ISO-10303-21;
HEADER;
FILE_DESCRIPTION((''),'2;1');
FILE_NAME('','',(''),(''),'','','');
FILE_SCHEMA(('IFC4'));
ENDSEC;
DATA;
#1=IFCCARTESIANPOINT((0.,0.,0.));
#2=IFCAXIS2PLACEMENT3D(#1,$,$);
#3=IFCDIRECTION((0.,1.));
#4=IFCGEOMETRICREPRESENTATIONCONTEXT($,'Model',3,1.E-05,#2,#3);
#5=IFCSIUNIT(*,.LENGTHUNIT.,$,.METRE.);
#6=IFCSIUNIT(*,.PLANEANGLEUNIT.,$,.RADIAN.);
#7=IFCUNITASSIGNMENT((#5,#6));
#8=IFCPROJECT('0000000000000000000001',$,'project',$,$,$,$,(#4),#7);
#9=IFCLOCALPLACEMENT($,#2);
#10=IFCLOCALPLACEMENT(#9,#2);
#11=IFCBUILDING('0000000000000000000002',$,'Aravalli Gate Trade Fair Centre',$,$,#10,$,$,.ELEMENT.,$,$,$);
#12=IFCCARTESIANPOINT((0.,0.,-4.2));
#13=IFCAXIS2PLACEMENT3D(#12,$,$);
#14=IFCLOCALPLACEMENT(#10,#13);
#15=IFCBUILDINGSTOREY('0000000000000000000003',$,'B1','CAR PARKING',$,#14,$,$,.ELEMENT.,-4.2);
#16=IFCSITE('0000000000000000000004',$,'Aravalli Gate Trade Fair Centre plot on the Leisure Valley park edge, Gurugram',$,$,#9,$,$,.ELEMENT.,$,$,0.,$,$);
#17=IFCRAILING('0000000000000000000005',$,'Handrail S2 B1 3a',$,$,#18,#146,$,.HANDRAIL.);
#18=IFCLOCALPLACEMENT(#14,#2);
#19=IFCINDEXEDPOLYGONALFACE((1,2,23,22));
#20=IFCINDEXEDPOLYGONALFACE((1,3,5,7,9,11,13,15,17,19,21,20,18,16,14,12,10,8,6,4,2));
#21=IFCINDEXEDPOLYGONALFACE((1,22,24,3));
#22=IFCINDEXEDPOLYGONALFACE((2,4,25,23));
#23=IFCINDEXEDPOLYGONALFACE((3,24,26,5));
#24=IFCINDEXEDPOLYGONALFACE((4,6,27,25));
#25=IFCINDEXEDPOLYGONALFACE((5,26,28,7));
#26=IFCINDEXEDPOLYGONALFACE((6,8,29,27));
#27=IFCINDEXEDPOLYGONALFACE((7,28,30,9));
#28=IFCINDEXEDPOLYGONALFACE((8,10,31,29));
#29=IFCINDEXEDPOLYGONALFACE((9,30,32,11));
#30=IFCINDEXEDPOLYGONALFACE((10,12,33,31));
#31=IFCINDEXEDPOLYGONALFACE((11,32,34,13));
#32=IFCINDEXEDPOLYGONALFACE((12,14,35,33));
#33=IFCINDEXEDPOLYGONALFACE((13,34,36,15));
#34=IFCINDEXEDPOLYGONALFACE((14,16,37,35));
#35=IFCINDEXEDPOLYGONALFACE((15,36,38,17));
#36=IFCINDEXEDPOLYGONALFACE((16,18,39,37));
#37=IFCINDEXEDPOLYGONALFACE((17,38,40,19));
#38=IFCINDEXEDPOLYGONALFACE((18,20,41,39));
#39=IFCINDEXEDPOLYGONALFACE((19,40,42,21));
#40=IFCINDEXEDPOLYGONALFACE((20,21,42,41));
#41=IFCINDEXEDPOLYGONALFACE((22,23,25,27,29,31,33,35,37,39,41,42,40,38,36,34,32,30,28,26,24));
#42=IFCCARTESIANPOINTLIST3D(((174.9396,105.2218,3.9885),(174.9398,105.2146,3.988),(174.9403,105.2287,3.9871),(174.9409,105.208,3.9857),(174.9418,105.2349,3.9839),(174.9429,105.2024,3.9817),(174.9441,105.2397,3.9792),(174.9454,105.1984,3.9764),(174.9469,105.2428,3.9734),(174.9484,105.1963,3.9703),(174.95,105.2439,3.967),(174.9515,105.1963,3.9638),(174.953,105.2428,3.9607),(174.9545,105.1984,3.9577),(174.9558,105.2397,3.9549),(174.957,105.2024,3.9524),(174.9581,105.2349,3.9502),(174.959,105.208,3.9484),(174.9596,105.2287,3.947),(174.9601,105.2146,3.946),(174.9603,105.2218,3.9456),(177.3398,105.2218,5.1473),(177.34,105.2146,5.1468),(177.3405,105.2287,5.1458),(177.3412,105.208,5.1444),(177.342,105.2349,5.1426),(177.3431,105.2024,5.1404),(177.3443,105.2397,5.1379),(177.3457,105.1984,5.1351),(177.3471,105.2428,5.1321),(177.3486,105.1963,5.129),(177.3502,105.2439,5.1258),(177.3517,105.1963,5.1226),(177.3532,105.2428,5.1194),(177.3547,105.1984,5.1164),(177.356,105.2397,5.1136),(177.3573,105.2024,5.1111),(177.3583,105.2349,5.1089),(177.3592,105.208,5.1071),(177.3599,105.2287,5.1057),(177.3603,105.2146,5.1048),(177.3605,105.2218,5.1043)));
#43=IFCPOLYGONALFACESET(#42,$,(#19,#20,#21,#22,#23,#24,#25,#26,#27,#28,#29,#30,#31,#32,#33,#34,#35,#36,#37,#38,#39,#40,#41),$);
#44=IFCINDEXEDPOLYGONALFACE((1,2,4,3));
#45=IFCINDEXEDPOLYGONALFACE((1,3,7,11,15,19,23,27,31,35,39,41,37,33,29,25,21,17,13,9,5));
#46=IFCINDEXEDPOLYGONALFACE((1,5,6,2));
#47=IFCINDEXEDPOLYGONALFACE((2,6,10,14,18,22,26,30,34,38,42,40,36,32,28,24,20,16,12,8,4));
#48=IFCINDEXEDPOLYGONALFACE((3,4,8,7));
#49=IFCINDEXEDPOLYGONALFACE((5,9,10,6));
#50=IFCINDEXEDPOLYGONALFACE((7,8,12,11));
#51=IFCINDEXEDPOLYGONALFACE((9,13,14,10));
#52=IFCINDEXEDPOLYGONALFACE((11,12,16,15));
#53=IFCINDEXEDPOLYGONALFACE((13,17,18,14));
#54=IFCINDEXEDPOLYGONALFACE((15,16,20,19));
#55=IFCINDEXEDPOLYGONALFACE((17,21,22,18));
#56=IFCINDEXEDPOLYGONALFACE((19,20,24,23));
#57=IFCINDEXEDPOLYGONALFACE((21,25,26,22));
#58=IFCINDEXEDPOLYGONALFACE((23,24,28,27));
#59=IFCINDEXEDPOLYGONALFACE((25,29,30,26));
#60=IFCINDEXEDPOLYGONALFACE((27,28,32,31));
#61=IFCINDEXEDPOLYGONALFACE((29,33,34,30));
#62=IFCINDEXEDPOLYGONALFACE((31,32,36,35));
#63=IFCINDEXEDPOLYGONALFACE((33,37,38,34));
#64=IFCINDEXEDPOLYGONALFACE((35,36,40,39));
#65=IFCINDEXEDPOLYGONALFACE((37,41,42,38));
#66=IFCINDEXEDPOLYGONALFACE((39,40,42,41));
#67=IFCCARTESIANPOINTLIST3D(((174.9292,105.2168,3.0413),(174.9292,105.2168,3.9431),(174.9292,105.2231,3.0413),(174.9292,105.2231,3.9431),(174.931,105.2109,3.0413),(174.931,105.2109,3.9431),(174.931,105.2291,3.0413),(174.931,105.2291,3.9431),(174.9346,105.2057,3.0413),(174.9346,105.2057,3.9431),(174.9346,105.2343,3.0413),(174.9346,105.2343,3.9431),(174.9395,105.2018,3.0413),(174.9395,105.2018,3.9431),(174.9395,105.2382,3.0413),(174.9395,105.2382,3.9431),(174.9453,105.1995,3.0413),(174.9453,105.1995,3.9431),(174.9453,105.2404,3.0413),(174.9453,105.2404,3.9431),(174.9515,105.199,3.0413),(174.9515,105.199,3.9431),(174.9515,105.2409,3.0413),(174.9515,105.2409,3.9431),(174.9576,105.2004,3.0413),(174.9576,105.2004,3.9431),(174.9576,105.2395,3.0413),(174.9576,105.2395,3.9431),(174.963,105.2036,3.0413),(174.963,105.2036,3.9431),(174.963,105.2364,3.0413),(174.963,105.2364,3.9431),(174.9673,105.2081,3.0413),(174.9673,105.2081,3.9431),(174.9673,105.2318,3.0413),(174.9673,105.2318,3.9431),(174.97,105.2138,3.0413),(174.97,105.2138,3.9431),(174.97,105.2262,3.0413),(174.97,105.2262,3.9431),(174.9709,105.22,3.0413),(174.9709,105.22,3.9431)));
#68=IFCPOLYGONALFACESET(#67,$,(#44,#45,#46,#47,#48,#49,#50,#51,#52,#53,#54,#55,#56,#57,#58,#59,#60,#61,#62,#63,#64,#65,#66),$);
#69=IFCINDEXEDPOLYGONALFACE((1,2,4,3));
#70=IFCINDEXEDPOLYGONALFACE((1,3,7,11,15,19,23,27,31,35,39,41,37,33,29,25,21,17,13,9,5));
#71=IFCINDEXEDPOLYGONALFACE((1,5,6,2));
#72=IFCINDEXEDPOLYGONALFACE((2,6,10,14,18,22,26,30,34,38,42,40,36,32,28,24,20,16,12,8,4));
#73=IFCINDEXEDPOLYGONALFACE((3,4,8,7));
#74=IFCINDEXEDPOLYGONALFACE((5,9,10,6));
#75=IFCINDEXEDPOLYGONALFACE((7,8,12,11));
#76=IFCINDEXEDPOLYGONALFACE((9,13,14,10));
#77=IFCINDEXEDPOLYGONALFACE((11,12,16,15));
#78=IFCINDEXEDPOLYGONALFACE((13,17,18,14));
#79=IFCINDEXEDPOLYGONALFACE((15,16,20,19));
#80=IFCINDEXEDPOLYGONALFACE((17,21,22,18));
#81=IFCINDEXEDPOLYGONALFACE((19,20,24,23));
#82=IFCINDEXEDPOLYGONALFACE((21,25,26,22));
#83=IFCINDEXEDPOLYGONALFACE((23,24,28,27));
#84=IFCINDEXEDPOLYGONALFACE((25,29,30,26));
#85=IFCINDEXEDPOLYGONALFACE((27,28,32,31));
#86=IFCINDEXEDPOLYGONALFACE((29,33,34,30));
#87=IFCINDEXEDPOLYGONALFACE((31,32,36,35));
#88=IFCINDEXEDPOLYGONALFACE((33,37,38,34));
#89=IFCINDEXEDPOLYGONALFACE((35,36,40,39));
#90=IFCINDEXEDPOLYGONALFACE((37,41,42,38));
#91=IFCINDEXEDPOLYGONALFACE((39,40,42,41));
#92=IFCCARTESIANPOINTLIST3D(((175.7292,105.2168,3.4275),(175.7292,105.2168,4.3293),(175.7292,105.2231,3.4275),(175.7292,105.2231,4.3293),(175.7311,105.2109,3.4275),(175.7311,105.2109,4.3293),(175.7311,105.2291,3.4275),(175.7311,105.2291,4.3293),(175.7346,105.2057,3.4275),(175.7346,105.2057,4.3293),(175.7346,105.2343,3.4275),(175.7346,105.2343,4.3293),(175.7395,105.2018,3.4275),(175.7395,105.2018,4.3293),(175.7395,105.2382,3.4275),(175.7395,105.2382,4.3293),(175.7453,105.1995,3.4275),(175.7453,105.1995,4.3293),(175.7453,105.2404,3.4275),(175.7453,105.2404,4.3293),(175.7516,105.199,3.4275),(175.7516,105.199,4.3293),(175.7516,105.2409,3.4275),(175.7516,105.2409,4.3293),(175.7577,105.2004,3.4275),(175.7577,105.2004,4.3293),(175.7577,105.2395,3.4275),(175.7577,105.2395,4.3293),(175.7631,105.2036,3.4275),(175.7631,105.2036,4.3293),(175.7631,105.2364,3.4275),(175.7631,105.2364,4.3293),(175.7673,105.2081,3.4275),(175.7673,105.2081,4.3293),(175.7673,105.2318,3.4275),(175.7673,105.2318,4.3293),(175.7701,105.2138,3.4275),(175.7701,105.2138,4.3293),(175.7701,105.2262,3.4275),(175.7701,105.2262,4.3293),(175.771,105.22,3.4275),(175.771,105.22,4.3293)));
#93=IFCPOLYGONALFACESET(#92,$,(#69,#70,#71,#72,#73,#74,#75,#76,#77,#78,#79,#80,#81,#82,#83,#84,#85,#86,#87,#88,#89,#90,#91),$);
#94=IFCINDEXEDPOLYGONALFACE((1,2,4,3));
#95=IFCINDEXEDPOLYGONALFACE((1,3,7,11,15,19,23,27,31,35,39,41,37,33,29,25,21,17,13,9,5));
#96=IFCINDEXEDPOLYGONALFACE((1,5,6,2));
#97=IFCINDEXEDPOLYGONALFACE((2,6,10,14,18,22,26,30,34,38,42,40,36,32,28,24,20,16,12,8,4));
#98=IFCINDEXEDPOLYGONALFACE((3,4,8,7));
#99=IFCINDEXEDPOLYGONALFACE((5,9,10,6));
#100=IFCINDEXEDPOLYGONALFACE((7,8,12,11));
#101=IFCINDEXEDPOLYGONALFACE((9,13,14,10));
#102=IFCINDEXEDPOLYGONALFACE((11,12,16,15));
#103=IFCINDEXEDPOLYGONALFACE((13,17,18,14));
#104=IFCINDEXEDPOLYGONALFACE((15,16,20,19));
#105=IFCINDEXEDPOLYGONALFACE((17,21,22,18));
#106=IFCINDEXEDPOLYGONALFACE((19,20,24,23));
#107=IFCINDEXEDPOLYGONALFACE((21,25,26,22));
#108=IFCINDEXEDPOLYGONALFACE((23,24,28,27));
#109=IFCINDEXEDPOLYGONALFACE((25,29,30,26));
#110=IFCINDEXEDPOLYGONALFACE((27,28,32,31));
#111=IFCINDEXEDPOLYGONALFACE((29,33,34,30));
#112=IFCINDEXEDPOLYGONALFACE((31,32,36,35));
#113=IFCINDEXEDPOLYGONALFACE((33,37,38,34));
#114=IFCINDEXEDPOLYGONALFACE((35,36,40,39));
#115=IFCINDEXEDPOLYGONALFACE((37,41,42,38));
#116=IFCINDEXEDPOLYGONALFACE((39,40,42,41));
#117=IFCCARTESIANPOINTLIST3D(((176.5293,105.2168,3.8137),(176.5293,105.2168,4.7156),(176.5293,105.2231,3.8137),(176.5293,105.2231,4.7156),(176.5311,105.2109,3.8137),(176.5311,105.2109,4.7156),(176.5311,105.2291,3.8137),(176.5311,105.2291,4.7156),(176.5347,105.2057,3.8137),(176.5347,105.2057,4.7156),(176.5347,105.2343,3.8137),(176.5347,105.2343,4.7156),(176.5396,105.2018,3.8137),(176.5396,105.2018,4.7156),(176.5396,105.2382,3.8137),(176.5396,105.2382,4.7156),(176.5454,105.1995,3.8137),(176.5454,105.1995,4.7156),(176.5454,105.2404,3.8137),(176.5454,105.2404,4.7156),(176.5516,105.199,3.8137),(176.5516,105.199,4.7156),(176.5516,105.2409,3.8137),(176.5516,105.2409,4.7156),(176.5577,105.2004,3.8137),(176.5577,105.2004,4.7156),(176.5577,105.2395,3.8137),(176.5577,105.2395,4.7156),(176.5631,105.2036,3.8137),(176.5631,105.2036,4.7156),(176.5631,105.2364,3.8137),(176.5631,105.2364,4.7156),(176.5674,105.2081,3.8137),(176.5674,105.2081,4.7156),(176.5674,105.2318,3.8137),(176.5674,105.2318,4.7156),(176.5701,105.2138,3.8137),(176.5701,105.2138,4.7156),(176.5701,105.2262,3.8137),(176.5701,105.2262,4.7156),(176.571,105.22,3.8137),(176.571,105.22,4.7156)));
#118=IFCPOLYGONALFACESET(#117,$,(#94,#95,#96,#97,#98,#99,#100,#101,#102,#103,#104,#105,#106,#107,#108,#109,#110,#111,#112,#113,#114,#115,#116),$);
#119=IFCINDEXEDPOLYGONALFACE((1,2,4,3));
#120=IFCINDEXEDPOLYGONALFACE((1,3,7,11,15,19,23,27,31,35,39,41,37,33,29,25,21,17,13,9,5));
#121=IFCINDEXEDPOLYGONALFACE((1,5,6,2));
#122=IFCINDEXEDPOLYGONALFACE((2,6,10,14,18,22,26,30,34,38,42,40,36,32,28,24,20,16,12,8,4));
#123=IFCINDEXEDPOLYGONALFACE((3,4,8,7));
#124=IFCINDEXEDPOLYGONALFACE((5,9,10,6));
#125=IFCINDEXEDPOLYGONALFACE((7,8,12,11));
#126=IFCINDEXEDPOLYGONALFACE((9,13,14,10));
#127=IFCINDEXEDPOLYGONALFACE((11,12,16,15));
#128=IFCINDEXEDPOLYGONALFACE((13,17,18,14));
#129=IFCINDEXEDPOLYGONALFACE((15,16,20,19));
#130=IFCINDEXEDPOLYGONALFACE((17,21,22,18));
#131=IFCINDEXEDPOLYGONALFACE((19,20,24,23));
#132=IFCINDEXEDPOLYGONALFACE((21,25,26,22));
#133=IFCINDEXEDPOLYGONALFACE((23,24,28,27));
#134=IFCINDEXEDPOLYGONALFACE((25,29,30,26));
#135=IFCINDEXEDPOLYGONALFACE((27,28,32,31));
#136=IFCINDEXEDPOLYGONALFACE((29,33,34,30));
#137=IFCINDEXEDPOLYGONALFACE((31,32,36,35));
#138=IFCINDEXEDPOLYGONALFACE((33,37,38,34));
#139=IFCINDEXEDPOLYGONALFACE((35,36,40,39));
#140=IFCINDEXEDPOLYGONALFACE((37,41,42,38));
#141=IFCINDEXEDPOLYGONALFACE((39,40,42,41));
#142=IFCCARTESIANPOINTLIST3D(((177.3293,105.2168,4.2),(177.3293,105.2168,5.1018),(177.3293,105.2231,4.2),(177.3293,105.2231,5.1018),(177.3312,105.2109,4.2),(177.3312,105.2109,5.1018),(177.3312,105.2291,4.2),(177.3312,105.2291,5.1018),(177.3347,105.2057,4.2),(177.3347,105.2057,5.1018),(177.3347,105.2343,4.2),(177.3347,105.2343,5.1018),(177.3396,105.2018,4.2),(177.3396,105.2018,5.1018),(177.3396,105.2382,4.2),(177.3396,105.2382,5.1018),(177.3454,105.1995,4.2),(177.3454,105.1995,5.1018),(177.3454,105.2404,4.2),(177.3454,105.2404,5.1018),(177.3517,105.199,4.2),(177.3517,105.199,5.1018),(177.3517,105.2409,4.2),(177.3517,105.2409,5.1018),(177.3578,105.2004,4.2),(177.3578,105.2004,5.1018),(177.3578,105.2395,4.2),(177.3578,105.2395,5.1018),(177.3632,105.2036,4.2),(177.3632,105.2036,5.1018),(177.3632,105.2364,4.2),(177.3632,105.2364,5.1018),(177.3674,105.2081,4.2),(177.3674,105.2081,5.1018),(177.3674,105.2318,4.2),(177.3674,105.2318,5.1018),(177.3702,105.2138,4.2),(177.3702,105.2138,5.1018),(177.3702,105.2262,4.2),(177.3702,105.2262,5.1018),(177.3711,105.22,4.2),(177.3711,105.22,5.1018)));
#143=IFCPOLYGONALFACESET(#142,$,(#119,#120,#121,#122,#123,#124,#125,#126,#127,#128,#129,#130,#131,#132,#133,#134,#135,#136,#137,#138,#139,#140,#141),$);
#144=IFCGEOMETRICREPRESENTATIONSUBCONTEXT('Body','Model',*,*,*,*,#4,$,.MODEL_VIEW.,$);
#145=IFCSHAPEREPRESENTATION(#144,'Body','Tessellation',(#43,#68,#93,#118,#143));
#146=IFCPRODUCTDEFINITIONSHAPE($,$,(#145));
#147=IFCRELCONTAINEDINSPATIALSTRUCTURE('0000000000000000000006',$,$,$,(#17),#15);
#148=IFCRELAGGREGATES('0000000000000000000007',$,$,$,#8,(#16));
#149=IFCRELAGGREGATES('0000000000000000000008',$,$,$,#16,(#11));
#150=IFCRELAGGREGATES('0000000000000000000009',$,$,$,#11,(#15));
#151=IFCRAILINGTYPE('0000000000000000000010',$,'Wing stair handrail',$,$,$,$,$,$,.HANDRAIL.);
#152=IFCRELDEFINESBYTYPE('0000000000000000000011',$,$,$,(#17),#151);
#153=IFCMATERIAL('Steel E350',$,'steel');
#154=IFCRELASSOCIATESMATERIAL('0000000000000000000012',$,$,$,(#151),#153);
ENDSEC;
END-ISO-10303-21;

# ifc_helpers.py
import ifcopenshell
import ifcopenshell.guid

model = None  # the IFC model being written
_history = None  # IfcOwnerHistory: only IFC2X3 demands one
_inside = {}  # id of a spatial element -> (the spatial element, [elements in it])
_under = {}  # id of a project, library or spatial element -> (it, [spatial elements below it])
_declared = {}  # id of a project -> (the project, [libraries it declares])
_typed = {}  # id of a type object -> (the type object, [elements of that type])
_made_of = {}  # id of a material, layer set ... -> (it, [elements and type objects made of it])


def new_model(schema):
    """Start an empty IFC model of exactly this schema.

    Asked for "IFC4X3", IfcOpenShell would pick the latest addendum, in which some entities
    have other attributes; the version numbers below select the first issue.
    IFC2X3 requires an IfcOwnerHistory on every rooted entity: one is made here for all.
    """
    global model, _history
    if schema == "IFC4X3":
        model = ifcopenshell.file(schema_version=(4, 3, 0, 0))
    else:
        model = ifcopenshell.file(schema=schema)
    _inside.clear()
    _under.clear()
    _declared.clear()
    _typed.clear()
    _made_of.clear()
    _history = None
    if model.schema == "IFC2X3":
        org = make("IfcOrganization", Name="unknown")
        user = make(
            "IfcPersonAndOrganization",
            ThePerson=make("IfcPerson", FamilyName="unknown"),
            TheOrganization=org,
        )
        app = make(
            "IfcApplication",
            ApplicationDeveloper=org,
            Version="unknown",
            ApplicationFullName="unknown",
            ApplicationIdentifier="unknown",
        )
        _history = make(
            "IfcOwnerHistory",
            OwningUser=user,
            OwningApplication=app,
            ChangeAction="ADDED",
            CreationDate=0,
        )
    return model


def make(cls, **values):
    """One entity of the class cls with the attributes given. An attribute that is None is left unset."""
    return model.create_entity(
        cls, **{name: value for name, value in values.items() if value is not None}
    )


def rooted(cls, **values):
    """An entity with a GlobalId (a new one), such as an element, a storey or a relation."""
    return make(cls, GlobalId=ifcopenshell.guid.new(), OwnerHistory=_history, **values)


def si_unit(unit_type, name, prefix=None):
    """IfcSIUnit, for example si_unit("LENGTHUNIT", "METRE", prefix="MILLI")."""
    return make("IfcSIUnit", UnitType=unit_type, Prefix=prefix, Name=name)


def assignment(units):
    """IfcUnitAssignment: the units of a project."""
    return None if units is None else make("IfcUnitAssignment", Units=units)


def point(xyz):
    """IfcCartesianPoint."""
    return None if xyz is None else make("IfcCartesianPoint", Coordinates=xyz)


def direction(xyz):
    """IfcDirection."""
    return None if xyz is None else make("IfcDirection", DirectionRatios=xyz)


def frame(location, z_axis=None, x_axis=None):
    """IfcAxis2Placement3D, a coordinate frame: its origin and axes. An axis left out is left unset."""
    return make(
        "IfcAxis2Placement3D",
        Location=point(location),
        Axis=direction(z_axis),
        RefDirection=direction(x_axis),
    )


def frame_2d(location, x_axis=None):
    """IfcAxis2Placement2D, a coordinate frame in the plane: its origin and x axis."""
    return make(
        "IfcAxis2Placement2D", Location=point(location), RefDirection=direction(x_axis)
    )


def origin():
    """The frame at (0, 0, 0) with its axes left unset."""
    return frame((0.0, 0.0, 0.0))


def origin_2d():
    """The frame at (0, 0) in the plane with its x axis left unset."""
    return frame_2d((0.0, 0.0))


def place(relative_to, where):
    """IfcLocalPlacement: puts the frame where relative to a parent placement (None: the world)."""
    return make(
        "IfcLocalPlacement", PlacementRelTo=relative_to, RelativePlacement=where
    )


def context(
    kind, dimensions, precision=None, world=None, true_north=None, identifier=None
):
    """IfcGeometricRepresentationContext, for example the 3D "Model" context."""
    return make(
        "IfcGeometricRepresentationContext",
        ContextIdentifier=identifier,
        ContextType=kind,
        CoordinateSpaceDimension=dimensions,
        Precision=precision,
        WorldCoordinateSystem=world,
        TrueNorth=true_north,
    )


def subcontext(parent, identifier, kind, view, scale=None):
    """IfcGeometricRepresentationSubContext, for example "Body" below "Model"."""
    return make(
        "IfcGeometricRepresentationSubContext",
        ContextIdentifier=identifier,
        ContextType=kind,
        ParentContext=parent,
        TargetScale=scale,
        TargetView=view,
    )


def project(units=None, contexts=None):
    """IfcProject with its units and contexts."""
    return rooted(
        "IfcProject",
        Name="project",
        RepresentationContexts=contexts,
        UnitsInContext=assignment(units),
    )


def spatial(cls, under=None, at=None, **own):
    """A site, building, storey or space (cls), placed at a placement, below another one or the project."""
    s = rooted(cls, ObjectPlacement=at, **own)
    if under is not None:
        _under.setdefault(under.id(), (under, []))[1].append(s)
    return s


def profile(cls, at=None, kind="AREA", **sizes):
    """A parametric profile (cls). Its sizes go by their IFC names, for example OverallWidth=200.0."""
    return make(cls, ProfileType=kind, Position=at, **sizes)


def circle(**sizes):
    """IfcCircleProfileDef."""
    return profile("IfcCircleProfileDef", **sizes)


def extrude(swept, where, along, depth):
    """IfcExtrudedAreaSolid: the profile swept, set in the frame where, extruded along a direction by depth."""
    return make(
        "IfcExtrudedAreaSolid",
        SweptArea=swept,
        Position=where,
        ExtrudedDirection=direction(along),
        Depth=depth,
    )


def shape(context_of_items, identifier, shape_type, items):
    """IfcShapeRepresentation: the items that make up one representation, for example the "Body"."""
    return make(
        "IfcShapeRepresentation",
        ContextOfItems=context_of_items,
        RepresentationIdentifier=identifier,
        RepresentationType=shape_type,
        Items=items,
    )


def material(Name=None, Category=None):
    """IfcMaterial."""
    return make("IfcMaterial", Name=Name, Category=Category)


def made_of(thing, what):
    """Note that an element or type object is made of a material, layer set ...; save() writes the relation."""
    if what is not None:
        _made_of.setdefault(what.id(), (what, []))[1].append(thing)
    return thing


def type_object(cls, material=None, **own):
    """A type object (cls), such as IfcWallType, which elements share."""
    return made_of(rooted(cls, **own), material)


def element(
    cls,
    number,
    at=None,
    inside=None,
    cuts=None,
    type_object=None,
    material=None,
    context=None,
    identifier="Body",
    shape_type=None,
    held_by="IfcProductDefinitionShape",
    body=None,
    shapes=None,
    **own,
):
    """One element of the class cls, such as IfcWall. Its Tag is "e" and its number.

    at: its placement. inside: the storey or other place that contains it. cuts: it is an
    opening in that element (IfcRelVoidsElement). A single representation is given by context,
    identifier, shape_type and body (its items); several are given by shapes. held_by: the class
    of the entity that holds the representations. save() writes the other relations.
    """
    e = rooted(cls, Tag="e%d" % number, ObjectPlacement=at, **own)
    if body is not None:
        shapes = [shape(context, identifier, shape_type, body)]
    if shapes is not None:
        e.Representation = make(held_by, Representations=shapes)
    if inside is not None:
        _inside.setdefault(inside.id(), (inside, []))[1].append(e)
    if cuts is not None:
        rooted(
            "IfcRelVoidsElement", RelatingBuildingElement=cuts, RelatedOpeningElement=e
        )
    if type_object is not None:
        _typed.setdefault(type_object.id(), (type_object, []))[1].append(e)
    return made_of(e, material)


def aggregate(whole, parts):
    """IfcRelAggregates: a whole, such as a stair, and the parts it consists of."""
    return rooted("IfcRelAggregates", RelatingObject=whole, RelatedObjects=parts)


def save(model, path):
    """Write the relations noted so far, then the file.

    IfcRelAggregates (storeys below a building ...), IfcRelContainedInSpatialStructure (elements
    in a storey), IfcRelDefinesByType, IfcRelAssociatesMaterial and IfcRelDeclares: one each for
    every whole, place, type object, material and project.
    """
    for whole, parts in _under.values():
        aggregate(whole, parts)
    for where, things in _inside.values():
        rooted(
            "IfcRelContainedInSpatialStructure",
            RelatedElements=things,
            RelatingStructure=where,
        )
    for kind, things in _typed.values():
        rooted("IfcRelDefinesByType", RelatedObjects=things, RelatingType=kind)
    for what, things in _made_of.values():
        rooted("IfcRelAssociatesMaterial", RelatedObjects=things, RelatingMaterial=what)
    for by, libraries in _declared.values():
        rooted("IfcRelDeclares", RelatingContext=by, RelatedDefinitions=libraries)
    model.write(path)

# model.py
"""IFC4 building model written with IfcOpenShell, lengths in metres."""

from ifc_helpers import new_model, si_unit, direction, frame, origin, origin_2d, place, context, subcontext, project, spatial, circle, extrude, material, type_object, element, save


model = new_model("IFC4")

# Units and contexts
model_context = context("Model", 3, precision=1e-05, world=origin(), true_north=direction((0.0, 1.0)))
body_context = subcontext(model_context, "Body", "Model", "MODEL_VIEW")
ifc_project = project(units=[si_unit("LENGTHUNIT", "METRE"), si_unit("PLANEANGLEUNIT", "RADIAN")], contexts=[model_context])

# Site, building, storey
site_placement = place(None, origin())
site = spatial("IfcSite", under=ifc_project, at=site_placement, Name="Aravalli Gate Trade Fair Centre plot on the Leisure Valley park edge, Gurugram", CompositionType="ELEMENT", RefElevation=0.0)
building_placement = place(site_placement, origin())
building = spatial("IfcBuilding", under=site, at=building_placement, Name="Aravalli Gate Trade Fair Centre", CompositionType="ELEMENT")
storey_placement = place(building_placement, frame((0.0, 0.0, -4.2)))
storey = spatial("IfcBuildingStorey", under=building, at=storey_placement, Name="B1", Description="CAR PARKING", CompositionType="ELEMENT", Elevation=-4.2)

# Shared definitions
ifc_material_1 = material(Name="Steel E350", Category="steel")

# Railing
railing_type_1 = type_object("IfcRailingType", Name="Wing stair handrail", PredefinedType="HANDRAIL", material=ifc_material_1)
for number, where, name in (
    (1, (174.95, 105.22, 3.0413), "Handrail S2 B1 3a"),
):
    element("IfcRailing", number, at=place(storey_placement, frame(where)), inside=storey, type_object=railing_type_1, Name=name, PredefinedType="HANDRAIL", context=body_context, shape_type="SweptSolid", body=[
        extrude(circle(Radius=0.0239, at=origin_2d()), frame((0.0, 0.0, 0.9258), z_axis=(0.900552, 0.0, 0.434749), x_axis=(0.0, 1.0, 0.0)), (0.0, 0.0, 1.0), 2.6653),
        extrude(circle(Radius=0.021, at=origin_2d()), origin(), (0.0, 0.0, 1.0), 0.9019),
        extrude(circle(Radius=0.021, at=origin_2d()), frame((0.8, 0.0, 0.3862)), (0.0, 0.0, 1.0), 0.9019),
        extrude(circle(Radius=0.021, at=origin_2d()), frame((1.6001, 0.0, 0.7725)), (0.0, 0.0, 1.0), 0.9019),
        extrude(circle(Radius=0.021, at=origin_2d()), frame((2.4001, 0.0, 1.1587)), (0.0, 0.0, 1.0), 0.9019),
    ])

save(model, "model.ifc")
